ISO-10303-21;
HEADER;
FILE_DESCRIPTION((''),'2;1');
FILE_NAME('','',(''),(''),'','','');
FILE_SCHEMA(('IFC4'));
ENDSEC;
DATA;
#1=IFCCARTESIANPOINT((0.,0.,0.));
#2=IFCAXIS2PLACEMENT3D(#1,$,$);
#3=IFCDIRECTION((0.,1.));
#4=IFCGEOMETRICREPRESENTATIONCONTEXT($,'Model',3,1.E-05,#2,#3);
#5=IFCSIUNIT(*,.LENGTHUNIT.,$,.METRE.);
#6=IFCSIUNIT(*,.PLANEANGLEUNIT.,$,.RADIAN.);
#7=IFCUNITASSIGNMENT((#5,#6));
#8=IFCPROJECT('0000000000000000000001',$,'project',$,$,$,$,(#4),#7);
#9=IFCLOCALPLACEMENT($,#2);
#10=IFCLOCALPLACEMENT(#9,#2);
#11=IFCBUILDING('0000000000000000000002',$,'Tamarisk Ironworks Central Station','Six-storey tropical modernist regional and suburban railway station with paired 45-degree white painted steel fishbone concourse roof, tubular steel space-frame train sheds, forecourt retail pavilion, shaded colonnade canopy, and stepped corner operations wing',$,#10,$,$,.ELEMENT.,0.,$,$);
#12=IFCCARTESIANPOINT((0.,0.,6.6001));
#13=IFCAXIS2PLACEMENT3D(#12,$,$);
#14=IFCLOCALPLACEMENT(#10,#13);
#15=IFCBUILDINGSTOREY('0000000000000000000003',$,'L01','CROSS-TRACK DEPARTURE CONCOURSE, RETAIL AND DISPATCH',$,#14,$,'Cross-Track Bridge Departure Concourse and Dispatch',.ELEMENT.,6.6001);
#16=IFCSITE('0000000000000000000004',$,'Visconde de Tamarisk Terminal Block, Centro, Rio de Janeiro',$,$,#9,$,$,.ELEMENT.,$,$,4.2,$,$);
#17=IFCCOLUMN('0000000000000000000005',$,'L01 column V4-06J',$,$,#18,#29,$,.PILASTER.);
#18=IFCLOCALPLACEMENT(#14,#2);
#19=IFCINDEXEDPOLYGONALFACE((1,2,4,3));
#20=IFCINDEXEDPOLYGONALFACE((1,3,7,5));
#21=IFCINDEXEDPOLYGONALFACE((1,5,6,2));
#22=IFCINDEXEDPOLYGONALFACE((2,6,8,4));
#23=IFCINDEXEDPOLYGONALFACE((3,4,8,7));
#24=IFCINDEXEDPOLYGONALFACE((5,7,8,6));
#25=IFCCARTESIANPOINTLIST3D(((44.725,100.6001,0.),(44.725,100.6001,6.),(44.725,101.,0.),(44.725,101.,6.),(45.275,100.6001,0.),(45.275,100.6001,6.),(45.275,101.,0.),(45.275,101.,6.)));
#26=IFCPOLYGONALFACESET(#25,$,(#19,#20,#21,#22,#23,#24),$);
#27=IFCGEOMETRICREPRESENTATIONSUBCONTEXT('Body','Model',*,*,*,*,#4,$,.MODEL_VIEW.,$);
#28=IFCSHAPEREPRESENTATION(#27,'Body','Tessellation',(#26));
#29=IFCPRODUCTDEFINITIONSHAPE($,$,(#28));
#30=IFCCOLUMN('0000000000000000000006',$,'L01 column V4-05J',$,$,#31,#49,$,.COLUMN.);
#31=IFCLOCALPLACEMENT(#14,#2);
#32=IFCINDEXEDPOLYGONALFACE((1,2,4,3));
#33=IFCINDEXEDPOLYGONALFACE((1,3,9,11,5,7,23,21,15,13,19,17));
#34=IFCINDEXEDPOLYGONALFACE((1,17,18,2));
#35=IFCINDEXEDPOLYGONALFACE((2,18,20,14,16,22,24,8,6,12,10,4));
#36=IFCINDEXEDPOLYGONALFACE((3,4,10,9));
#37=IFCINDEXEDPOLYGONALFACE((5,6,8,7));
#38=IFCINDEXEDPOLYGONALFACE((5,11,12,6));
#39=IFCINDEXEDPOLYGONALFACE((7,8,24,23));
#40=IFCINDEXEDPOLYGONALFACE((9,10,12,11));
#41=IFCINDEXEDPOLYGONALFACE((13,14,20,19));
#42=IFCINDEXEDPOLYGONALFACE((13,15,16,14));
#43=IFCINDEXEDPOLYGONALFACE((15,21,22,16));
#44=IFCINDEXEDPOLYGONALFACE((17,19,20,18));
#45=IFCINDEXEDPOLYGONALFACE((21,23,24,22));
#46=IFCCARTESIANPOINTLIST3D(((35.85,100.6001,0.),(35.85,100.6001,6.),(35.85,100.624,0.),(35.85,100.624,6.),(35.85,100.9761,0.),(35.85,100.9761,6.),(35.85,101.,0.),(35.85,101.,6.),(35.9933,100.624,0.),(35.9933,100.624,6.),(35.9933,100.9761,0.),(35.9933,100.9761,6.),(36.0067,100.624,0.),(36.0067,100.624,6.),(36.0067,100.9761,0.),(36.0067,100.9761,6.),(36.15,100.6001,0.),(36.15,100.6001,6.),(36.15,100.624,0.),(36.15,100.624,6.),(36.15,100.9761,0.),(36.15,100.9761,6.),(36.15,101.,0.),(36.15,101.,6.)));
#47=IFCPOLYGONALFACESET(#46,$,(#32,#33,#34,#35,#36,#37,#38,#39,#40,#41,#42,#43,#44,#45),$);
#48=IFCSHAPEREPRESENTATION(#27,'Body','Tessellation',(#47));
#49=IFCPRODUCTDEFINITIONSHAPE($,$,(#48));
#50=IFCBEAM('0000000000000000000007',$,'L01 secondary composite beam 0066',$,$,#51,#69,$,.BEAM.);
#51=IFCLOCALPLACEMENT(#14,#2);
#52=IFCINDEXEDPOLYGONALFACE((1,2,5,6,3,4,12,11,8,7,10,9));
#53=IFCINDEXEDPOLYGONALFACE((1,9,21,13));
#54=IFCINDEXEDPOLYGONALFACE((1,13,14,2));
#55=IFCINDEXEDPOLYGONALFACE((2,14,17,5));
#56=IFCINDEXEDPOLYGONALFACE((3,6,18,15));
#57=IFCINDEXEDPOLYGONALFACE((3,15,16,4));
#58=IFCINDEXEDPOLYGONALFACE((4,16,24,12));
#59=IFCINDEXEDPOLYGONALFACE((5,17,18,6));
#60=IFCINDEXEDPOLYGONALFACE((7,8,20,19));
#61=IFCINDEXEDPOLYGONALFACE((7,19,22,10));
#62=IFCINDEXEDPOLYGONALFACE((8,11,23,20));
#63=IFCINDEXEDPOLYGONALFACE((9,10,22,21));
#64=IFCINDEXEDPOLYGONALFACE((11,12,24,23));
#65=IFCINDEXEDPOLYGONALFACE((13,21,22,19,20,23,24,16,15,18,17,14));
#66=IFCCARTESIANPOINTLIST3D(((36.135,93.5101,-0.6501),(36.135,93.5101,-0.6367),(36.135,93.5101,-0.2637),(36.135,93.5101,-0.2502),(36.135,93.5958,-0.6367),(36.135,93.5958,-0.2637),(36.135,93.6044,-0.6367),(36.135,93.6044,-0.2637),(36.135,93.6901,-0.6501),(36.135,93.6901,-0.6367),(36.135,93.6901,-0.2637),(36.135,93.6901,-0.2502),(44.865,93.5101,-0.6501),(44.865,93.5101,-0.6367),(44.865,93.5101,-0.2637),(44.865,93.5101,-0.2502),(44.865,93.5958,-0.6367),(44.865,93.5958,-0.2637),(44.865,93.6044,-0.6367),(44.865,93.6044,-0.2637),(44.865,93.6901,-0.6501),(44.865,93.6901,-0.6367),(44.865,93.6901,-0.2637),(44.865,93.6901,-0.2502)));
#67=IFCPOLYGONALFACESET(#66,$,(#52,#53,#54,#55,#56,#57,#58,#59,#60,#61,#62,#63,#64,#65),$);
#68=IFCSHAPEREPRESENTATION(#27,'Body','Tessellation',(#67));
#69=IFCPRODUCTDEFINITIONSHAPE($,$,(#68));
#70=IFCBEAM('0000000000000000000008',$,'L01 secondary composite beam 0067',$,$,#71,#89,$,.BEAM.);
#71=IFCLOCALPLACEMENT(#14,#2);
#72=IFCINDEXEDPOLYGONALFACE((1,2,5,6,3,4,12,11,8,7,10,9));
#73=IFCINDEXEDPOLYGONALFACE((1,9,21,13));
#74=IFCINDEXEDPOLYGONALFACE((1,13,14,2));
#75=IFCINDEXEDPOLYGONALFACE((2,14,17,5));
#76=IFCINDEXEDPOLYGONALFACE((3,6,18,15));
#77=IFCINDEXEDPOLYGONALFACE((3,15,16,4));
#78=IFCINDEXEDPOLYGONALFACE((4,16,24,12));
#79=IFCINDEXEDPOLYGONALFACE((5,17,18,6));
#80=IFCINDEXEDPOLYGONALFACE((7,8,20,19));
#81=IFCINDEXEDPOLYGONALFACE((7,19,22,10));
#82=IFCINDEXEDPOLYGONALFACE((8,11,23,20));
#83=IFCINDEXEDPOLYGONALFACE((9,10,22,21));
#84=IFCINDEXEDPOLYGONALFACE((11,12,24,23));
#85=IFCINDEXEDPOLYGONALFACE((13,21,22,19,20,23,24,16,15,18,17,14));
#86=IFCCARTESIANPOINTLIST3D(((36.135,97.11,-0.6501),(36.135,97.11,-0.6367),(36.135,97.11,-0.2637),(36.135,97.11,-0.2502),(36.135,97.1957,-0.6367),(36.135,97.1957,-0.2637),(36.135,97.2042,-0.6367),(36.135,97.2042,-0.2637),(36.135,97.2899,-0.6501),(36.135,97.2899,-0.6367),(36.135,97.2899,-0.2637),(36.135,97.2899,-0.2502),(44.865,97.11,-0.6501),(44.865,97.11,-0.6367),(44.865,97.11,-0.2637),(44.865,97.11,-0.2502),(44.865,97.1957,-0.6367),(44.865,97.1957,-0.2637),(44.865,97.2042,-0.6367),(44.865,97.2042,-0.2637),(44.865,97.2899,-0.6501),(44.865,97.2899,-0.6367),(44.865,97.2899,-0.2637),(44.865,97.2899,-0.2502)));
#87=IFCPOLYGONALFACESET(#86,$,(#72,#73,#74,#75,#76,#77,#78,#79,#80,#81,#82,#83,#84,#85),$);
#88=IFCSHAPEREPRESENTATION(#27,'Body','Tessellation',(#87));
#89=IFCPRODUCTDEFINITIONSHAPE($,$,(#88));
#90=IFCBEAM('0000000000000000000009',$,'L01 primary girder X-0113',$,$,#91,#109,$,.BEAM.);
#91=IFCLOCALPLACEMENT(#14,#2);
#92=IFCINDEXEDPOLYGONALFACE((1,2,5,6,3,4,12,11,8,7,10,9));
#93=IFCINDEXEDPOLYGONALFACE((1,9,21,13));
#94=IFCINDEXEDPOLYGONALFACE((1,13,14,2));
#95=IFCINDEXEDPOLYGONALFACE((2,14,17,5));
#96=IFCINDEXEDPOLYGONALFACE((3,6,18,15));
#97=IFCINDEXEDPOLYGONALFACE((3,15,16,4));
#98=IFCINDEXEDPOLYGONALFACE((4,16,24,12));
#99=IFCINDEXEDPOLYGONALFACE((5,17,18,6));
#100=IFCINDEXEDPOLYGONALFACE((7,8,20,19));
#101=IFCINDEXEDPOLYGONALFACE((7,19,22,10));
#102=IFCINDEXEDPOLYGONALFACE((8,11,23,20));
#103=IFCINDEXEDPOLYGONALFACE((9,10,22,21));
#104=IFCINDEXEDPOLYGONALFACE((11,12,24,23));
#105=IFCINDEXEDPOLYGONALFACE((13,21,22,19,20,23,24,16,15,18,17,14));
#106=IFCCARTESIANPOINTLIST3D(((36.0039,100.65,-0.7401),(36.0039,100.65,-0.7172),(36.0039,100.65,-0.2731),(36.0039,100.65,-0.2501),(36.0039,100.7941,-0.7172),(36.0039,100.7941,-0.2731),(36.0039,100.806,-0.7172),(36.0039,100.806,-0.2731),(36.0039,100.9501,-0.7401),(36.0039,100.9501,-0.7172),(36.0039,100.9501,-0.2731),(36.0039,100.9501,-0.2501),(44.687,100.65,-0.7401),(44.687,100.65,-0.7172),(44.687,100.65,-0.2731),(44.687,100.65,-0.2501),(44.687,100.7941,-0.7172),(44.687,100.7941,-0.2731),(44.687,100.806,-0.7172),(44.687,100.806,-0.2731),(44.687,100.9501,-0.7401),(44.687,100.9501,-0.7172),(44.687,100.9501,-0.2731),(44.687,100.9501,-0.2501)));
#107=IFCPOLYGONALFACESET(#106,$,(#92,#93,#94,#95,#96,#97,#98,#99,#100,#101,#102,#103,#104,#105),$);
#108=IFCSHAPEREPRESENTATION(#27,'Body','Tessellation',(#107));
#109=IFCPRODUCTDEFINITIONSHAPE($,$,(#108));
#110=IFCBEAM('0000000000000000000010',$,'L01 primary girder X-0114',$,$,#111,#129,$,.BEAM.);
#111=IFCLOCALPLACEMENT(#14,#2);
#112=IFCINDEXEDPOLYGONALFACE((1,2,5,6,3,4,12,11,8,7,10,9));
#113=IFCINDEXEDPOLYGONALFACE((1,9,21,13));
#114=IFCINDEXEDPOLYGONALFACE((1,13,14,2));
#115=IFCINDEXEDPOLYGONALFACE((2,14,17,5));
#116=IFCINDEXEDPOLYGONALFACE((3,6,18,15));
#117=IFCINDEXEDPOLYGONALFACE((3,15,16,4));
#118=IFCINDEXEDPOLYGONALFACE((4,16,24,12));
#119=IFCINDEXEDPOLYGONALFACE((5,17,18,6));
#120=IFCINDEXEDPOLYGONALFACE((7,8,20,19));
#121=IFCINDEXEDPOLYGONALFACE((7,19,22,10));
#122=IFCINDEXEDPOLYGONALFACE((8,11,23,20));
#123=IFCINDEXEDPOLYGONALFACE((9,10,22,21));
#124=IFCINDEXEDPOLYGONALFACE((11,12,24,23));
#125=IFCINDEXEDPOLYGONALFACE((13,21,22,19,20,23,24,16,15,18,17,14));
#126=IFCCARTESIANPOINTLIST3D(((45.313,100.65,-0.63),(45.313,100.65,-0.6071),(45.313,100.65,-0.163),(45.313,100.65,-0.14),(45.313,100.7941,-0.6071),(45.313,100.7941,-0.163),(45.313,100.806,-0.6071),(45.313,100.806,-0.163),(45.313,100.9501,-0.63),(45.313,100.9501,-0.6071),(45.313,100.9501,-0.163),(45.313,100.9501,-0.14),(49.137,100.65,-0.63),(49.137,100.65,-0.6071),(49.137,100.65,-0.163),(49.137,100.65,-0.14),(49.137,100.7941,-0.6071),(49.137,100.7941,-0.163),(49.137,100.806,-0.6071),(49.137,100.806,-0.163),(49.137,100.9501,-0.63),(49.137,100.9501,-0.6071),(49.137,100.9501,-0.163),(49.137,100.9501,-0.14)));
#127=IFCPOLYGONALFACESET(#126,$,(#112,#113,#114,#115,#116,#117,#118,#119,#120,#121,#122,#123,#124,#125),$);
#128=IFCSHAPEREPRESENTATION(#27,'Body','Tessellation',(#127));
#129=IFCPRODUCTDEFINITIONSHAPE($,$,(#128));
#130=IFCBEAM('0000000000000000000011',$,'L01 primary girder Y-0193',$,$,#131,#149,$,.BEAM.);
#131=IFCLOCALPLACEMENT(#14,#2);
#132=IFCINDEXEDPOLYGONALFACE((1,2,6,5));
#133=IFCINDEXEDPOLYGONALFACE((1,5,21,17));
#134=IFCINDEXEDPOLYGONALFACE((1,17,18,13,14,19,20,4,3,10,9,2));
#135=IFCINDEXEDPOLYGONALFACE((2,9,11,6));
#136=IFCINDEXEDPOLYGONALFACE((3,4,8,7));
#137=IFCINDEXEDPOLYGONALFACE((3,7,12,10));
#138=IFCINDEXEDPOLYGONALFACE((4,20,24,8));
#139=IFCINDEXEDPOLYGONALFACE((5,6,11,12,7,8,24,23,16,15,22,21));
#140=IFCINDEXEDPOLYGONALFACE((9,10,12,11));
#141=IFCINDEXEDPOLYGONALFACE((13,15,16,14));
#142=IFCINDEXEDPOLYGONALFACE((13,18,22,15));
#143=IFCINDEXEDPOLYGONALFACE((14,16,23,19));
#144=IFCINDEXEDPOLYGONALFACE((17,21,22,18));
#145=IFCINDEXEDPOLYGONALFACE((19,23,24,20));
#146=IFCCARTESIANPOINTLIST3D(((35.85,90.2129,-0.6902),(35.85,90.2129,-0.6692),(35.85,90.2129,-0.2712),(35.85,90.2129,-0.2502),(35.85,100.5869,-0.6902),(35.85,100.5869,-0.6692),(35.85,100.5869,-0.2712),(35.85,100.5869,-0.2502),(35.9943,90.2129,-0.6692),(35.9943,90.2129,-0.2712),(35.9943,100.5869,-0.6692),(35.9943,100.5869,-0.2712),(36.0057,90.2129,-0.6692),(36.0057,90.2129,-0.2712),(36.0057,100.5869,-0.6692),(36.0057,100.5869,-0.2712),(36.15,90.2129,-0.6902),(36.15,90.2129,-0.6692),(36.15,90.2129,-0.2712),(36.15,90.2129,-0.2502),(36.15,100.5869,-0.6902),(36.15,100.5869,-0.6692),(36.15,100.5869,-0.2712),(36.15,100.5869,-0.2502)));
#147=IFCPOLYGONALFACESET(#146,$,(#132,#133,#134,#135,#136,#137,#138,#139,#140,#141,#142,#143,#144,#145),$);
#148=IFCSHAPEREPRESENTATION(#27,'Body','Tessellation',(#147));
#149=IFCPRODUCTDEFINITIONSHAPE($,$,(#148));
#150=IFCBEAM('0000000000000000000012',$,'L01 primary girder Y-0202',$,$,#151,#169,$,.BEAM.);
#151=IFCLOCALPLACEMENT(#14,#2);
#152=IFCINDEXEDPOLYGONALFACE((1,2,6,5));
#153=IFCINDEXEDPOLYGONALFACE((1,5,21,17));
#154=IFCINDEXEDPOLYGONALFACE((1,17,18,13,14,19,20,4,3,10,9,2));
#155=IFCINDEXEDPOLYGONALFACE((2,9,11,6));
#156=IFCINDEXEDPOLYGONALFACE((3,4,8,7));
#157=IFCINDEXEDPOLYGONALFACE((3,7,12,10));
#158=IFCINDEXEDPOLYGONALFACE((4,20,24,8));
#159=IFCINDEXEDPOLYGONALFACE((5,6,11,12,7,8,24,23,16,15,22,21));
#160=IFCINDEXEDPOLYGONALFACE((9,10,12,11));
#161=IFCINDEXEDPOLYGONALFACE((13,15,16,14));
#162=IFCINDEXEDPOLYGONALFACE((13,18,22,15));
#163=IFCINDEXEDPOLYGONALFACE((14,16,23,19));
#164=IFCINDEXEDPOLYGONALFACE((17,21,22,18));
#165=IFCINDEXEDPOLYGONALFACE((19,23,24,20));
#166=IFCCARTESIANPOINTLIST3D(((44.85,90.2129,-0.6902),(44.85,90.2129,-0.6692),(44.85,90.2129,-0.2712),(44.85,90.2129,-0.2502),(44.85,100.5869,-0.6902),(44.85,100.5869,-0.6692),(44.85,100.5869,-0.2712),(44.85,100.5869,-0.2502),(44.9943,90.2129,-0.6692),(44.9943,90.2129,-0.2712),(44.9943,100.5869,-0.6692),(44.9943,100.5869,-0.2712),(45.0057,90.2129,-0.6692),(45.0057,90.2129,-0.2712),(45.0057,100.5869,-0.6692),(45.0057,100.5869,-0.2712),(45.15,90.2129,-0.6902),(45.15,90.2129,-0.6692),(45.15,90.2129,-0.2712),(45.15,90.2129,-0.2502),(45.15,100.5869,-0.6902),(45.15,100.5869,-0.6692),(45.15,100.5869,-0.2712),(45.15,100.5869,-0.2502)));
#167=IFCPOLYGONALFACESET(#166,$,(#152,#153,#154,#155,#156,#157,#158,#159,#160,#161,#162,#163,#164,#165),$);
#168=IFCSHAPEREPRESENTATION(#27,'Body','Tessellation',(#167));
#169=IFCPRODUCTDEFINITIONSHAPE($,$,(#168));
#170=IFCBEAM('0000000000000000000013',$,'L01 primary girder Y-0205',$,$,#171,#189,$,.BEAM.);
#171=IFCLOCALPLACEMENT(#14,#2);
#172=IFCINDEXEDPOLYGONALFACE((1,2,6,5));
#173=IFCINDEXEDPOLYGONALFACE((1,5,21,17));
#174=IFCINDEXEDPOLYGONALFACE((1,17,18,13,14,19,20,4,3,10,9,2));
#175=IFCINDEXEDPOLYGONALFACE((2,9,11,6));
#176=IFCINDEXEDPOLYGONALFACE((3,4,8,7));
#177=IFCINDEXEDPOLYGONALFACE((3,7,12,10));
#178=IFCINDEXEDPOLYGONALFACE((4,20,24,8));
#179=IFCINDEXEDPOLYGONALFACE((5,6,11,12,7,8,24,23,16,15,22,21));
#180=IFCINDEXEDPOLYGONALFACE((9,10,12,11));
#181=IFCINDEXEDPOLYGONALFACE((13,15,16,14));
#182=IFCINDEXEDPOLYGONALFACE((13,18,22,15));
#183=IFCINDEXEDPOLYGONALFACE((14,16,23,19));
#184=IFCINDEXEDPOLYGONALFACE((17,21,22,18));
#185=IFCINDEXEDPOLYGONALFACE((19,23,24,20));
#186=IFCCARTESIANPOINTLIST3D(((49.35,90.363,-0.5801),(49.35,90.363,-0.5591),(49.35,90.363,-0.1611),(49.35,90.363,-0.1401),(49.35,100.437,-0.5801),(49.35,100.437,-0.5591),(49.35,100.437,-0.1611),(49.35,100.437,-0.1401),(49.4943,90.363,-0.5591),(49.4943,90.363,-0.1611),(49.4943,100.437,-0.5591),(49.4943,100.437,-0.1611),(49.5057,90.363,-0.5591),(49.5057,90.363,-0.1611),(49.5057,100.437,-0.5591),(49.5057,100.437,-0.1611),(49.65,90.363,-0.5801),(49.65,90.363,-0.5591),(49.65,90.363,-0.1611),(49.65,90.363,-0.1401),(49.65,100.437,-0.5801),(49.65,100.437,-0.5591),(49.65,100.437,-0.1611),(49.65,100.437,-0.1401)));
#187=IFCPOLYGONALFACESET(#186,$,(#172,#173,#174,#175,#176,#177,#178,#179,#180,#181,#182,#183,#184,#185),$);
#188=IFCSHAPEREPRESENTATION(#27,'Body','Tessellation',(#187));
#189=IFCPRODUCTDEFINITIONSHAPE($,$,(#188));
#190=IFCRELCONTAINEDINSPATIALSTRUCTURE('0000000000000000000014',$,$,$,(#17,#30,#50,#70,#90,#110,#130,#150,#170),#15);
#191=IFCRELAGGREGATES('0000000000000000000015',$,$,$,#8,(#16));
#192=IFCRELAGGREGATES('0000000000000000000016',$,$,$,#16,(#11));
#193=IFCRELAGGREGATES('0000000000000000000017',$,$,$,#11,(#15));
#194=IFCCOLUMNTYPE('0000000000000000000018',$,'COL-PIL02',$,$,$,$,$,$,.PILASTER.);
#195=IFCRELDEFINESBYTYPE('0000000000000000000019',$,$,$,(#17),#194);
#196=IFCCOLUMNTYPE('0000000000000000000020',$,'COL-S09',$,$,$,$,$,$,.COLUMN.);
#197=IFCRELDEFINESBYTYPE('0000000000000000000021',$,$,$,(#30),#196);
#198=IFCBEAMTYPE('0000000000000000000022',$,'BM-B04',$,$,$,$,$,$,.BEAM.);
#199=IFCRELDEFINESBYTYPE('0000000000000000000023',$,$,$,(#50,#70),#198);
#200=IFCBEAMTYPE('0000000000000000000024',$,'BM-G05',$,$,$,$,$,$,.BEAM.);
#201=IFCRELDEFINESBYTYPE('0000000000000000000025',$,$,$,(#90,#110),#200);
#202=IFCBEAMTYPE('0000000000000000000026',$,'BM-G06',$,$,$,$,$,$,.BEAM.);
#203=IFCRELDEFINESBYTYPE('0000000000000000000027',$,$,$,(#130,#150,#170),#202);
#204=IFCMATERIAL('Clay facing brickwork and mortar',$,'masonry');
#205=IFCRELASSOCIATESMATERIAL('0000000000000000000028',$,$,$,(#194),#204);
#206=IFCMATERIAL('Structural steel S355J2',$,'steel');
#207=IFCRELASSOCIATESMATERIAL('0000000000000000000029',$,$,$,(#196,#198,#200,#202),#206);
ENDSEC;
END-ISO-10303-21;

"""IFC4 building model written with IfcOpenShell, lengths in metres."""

from ifc_helpers import new_model, si_unit, direction, frame, origin, origin_2d, place, context, subcontext, project, spatial, rectangle, i_section, extrude, material, material_profile, profile_set, type_object, element, save


model = new_model("IFC4")

# Units and contexts
model_context = context("Model", 3, precision=1e-05, world=origin(), true_north=direction((0.0, 1.0)))
body_context = subcontext(model_context, "Body", "Model", "MODEL_VIEW")
ifc_project = project(units=[si_unit("LENGTHUNIT", "METRE"), si_unit("PLANEANGLEUNIT", "RADIAN")], contexts=[model_context])

# Site, building, storey
site_placement = place(None, origin())
site = spatial("IfcSite", under=ifc_project, at=site_placement, Name="Visconde de Tamarisk Terminal Block, Centro, Rio de Janeiro", CompositionType="ELEMENT", RefElevation=4.2)
building_placement = place(site_placement, origin())
building = spatial("IfcBuilding", under=site, at=building_placement, Name="Tamarisk Ironworks Central Station", Description="Six-storey tropical modernist regional and suburban railway station with paired 45-degree white painted steel fishbone concourse roof, tubular steel space-frame train sheds, forecourt retail pavilion, shaded colonnade canopy, and stepped corner operations wing", CompositionType="ELEMENT", ElevationOfRefHeight=0.0)
storey_placement = place(building_placement, frame((0.0, 0.0, 6.6001)))
storey = spatial("IfcBuildingStorey", under=building, at=storey_placement, Name="L01", Description="CROSS-TRACK DEPARTURE CONCOURSE, RETAIL AND DISPATCH", LongName="Cross-Track Bridge Departure Concourse and Dispatch", CompositionType="ELEMENT", Elevation=6.6001)

# Columns
ifc_material_1 = material(Name="Clay facing brickwork and mortar", Category="masonry")
ifc_material_profile_1 = material_profile(ifc_material_1, rectangle(XDim=0.55, YDim=0.3999, at=origin_2d()), Name="PIL 550x400")
ifc_profile_set_1 = profile_set([ifc_material_profile_1], Name="Clay facing brickwork and mortar")
column_type_1 = type_object("IfcColumnType", Name="COL-PIL02", PredefinedType="PILASTER", material=ifc_profile_set_1)
column_1_placement = place(storey_placement, frame((45.0, 100.8, 0.0), z_axis=(0.0, 0.0, 1.0), x_axis=(1.0, 0.0, 0.0)))
element("IfcColumn", 1, at=column_1_placement, inside=storey, type_object=column_type_1, Name="L01 column V4-06J", PredefinedType="PILASTER", context=body_context, shape_type="SweptSolid", body=[
    extrude(rectangle(XDim=0.55, YDim=0.3999, at=origin_2d()), origin(), (0.0, 0.0, 1.0), 6.0),
])
ifc_material_2 = material(Name="Structural steel S355J2", Category="steel")
ifc_material_profile_2 = material_profile(ifc_material_2, i_section(OverallWidth=0.3, OverallDepth=0.3999, WebThickness=0.0134, FlangeThickness=0.0239, at=origin_2d()), Name="HEB 400")
ifc_profile_set_2 = profile_set([ifc_material_profile_2], Name="Structural steel S355J2")
column_type_2 = type_object("IfcColumnType", Name="COL-S09", PredefinedType="COLUMN", material=ifc_profile_set_2)
column_2_placement = place(storey_placement, frame((36.0, 100.8, 0.0), z_axis=(0.0, 0.0, 1.0), x_axis=(1.0, 0.0, 0.0)))
element("IfcColumn", 2, at=column_2_placement, inside=storey, type_object=column_type_2, Name="L01 column V4-05J", PredefinedType="COLUMN", context=body_context, shape_type="SweptSolid", body=[
    extrude(i_section(OverallWidth=0.3, OverallDepth=0.3999, WebThickness=0.0134, FlangeThickness=0.0239, at=origin_2d()), origin(), (0.0, 0.0, 1.0), 6.0),
])

# Beams
ifc_material_profile_3 = material_profile(ifc_material_2, i_section(OverallWidth=0.1799, OverallDepth=0.3999, WebThickness=0.0085, FlangeThickness=0.0134, at=origin_2d()), Name="IPE 400")
ifc_profile_set_3 = profile_set([ifc_material_profile_3], Name="Structural steel S355J2")
beam_type_1 = type_object("IfcBeamType", Name="BM-B04", PredefinedType="BEAM", material=ifc_profile_set_3)
for number, where, z_axis, x_axis, name in (
    (3, (36.135, 93.6001, -0.4502), (1.0, 0.0, 0.0), (0.0, 1.0, 0.0), "L01 secondary composite beam 0066"),
    (4, (36.135, 97.2, -0.4502), (1.0, 0.0, 0.0), (0.0, 1.0, 0.0), "L01 secondary composite beam 0067"),
):
    element("IfcBeam", number, at=place(storey_placement, frame(where, z_axis=z_axis, x_axis=x_axis)), inside=storey, type_object=beam_type_1, Name=name, PredefinedType="BEAM", context=body_context, shape_type="SweptSolid", body=[
        extrude(i_section(OverallWidth=0.1799, OverallDepth=0.3999, WebThickness=0.0085, FlangeThickness=0.0134, at=origin_2d()), origin(), (0.0, 0.0, 1.0), 8.73),
    ])
ifc_material_profile_4 = material_profile(ifc_material_2, i_section(OverallWidth=0.3, OverallDepth=0.49, WebThickness=0.012, FlangeThickness=0.0229, at=origin_2d()), Name="HEA 500")
ifc_profile_set_4 = profile_set([ifc_material_profile_4], Name="Structural steel S355J2")
beam_type_2 = type_object("IfcBeamType", Name="BM-G05", PredefinedType="BEAM", material=ifc_profile_set_4)
beam_1_placement = place(storey_placement, frame((36.0039, 100.8, -0.4951), z_axis=(1.0, 0.0, 0.0), x_axis=(0.0, 1.0, 0.0)))
element("IfcBeam", 5, at=beam_1_placement, inside=storey, type_object=beam_type_2, Name="L01 primary girder X-0113", PredefinedType="BEAM", context=body_context, shape_type="SweptSolid", body=[
    extrude(i_section(OverallWidth=0.3, OverallDepth=0.49, WebThickness=0.012, FlangeThickness=0.0229, at=origin_2d()), origin(), (0.0, 0.0, 1.0), 8.6831),
])
beam_2_placement = place(storey_placement, frame((45.313, 100.8, -0.385), z_axis=(1.0, 0.0, 0.0), x_axis=(0.0, 1.0, 0.0)))
element("IfcBeam", 6, at=beam_2_placement, inside=storey, type_object=beam_type_2, Name="L01 primary girder X-0114", PredefinedType="BEAM", context=body_context, shape_type="SweptSolid", body=[
    extrude(i_section(OverallWidth=0.3, OverallDepth=0.49, WebThickness=0.012, FlangeThickness=0.0229, at=origin_2d()), origin(), (0.0, 0.0, 1.0), 3.824),
])
ifc_material_profile_5 = material_profile(ifc_material_2, i_section(OverallWidth=0.3, OverallDepth=0.4399, WebThickness=0.0115, FlangeThickness=0.021, at=origin_2d()), Name="HEA 450")
ifc_profile_set_5 = profile_set([ifc_material_profile_5], Name="Structural steel S355J2")
beam_type_3 = type_object("IfcBeamType", Name="BM-G06", PredefinedType="BEAM", material=ifc_profile_set_5)
for number, where, z_axis, x_axis, name in (
    (7, (36.0, 90.2129, -0.4702), (0.0, 1.0, 0.0), (-1.0, 0.0, 0.0), "L01 primary girder Y-0193"),
    (8, (45.0, 90.2129, -0.4702), (0.0, 1.0, 0.0), (-1.0, 0.0, 0.0), "L01 primary girder Y-0202"),
):
    element("IfcBeam", number, at=place(storey_placement, frame(where, z_axis=z_axis, x_axis=x_axis)), inside=storey, type_object=beam_type_3, Name=name, PredefinedType="BEAM", context=body_context, shape_type="SweptSolid", body=[
        extrude(i_section(OverallWidth=0.3, OverallDepth=0.4399, WebThickness=0.0115, FlangeThickness=0.021, at=origin_2d()), origin(), (0.0, 0.0, 1.0), 10.374),
    ])
beam_3_placement = place(storey_placement, frame((49.5, 90.363, -0.3601), z_axis=(0.0, 1.0, 0.0), x_axis=(-1.0, 0.0, 0.0)))
element("IfcBeam", 9, at=beam_3_placement, inside=storey, type_object=beam_type_3, Name="L01 primary girder Y-0205", PredefinedType="BEAM", context=body_context, shape_type="SweptSolid", body=[
    extrude(i_section(OverallWidth=0.3, OverallDepth=0.4399, WebThickness=0.0115, FlangeThickness=0.021, at=origin_2d()), origin(), (0.0, 0.0, 1.0), 10.074),
])

save(model, "model.ifc")
